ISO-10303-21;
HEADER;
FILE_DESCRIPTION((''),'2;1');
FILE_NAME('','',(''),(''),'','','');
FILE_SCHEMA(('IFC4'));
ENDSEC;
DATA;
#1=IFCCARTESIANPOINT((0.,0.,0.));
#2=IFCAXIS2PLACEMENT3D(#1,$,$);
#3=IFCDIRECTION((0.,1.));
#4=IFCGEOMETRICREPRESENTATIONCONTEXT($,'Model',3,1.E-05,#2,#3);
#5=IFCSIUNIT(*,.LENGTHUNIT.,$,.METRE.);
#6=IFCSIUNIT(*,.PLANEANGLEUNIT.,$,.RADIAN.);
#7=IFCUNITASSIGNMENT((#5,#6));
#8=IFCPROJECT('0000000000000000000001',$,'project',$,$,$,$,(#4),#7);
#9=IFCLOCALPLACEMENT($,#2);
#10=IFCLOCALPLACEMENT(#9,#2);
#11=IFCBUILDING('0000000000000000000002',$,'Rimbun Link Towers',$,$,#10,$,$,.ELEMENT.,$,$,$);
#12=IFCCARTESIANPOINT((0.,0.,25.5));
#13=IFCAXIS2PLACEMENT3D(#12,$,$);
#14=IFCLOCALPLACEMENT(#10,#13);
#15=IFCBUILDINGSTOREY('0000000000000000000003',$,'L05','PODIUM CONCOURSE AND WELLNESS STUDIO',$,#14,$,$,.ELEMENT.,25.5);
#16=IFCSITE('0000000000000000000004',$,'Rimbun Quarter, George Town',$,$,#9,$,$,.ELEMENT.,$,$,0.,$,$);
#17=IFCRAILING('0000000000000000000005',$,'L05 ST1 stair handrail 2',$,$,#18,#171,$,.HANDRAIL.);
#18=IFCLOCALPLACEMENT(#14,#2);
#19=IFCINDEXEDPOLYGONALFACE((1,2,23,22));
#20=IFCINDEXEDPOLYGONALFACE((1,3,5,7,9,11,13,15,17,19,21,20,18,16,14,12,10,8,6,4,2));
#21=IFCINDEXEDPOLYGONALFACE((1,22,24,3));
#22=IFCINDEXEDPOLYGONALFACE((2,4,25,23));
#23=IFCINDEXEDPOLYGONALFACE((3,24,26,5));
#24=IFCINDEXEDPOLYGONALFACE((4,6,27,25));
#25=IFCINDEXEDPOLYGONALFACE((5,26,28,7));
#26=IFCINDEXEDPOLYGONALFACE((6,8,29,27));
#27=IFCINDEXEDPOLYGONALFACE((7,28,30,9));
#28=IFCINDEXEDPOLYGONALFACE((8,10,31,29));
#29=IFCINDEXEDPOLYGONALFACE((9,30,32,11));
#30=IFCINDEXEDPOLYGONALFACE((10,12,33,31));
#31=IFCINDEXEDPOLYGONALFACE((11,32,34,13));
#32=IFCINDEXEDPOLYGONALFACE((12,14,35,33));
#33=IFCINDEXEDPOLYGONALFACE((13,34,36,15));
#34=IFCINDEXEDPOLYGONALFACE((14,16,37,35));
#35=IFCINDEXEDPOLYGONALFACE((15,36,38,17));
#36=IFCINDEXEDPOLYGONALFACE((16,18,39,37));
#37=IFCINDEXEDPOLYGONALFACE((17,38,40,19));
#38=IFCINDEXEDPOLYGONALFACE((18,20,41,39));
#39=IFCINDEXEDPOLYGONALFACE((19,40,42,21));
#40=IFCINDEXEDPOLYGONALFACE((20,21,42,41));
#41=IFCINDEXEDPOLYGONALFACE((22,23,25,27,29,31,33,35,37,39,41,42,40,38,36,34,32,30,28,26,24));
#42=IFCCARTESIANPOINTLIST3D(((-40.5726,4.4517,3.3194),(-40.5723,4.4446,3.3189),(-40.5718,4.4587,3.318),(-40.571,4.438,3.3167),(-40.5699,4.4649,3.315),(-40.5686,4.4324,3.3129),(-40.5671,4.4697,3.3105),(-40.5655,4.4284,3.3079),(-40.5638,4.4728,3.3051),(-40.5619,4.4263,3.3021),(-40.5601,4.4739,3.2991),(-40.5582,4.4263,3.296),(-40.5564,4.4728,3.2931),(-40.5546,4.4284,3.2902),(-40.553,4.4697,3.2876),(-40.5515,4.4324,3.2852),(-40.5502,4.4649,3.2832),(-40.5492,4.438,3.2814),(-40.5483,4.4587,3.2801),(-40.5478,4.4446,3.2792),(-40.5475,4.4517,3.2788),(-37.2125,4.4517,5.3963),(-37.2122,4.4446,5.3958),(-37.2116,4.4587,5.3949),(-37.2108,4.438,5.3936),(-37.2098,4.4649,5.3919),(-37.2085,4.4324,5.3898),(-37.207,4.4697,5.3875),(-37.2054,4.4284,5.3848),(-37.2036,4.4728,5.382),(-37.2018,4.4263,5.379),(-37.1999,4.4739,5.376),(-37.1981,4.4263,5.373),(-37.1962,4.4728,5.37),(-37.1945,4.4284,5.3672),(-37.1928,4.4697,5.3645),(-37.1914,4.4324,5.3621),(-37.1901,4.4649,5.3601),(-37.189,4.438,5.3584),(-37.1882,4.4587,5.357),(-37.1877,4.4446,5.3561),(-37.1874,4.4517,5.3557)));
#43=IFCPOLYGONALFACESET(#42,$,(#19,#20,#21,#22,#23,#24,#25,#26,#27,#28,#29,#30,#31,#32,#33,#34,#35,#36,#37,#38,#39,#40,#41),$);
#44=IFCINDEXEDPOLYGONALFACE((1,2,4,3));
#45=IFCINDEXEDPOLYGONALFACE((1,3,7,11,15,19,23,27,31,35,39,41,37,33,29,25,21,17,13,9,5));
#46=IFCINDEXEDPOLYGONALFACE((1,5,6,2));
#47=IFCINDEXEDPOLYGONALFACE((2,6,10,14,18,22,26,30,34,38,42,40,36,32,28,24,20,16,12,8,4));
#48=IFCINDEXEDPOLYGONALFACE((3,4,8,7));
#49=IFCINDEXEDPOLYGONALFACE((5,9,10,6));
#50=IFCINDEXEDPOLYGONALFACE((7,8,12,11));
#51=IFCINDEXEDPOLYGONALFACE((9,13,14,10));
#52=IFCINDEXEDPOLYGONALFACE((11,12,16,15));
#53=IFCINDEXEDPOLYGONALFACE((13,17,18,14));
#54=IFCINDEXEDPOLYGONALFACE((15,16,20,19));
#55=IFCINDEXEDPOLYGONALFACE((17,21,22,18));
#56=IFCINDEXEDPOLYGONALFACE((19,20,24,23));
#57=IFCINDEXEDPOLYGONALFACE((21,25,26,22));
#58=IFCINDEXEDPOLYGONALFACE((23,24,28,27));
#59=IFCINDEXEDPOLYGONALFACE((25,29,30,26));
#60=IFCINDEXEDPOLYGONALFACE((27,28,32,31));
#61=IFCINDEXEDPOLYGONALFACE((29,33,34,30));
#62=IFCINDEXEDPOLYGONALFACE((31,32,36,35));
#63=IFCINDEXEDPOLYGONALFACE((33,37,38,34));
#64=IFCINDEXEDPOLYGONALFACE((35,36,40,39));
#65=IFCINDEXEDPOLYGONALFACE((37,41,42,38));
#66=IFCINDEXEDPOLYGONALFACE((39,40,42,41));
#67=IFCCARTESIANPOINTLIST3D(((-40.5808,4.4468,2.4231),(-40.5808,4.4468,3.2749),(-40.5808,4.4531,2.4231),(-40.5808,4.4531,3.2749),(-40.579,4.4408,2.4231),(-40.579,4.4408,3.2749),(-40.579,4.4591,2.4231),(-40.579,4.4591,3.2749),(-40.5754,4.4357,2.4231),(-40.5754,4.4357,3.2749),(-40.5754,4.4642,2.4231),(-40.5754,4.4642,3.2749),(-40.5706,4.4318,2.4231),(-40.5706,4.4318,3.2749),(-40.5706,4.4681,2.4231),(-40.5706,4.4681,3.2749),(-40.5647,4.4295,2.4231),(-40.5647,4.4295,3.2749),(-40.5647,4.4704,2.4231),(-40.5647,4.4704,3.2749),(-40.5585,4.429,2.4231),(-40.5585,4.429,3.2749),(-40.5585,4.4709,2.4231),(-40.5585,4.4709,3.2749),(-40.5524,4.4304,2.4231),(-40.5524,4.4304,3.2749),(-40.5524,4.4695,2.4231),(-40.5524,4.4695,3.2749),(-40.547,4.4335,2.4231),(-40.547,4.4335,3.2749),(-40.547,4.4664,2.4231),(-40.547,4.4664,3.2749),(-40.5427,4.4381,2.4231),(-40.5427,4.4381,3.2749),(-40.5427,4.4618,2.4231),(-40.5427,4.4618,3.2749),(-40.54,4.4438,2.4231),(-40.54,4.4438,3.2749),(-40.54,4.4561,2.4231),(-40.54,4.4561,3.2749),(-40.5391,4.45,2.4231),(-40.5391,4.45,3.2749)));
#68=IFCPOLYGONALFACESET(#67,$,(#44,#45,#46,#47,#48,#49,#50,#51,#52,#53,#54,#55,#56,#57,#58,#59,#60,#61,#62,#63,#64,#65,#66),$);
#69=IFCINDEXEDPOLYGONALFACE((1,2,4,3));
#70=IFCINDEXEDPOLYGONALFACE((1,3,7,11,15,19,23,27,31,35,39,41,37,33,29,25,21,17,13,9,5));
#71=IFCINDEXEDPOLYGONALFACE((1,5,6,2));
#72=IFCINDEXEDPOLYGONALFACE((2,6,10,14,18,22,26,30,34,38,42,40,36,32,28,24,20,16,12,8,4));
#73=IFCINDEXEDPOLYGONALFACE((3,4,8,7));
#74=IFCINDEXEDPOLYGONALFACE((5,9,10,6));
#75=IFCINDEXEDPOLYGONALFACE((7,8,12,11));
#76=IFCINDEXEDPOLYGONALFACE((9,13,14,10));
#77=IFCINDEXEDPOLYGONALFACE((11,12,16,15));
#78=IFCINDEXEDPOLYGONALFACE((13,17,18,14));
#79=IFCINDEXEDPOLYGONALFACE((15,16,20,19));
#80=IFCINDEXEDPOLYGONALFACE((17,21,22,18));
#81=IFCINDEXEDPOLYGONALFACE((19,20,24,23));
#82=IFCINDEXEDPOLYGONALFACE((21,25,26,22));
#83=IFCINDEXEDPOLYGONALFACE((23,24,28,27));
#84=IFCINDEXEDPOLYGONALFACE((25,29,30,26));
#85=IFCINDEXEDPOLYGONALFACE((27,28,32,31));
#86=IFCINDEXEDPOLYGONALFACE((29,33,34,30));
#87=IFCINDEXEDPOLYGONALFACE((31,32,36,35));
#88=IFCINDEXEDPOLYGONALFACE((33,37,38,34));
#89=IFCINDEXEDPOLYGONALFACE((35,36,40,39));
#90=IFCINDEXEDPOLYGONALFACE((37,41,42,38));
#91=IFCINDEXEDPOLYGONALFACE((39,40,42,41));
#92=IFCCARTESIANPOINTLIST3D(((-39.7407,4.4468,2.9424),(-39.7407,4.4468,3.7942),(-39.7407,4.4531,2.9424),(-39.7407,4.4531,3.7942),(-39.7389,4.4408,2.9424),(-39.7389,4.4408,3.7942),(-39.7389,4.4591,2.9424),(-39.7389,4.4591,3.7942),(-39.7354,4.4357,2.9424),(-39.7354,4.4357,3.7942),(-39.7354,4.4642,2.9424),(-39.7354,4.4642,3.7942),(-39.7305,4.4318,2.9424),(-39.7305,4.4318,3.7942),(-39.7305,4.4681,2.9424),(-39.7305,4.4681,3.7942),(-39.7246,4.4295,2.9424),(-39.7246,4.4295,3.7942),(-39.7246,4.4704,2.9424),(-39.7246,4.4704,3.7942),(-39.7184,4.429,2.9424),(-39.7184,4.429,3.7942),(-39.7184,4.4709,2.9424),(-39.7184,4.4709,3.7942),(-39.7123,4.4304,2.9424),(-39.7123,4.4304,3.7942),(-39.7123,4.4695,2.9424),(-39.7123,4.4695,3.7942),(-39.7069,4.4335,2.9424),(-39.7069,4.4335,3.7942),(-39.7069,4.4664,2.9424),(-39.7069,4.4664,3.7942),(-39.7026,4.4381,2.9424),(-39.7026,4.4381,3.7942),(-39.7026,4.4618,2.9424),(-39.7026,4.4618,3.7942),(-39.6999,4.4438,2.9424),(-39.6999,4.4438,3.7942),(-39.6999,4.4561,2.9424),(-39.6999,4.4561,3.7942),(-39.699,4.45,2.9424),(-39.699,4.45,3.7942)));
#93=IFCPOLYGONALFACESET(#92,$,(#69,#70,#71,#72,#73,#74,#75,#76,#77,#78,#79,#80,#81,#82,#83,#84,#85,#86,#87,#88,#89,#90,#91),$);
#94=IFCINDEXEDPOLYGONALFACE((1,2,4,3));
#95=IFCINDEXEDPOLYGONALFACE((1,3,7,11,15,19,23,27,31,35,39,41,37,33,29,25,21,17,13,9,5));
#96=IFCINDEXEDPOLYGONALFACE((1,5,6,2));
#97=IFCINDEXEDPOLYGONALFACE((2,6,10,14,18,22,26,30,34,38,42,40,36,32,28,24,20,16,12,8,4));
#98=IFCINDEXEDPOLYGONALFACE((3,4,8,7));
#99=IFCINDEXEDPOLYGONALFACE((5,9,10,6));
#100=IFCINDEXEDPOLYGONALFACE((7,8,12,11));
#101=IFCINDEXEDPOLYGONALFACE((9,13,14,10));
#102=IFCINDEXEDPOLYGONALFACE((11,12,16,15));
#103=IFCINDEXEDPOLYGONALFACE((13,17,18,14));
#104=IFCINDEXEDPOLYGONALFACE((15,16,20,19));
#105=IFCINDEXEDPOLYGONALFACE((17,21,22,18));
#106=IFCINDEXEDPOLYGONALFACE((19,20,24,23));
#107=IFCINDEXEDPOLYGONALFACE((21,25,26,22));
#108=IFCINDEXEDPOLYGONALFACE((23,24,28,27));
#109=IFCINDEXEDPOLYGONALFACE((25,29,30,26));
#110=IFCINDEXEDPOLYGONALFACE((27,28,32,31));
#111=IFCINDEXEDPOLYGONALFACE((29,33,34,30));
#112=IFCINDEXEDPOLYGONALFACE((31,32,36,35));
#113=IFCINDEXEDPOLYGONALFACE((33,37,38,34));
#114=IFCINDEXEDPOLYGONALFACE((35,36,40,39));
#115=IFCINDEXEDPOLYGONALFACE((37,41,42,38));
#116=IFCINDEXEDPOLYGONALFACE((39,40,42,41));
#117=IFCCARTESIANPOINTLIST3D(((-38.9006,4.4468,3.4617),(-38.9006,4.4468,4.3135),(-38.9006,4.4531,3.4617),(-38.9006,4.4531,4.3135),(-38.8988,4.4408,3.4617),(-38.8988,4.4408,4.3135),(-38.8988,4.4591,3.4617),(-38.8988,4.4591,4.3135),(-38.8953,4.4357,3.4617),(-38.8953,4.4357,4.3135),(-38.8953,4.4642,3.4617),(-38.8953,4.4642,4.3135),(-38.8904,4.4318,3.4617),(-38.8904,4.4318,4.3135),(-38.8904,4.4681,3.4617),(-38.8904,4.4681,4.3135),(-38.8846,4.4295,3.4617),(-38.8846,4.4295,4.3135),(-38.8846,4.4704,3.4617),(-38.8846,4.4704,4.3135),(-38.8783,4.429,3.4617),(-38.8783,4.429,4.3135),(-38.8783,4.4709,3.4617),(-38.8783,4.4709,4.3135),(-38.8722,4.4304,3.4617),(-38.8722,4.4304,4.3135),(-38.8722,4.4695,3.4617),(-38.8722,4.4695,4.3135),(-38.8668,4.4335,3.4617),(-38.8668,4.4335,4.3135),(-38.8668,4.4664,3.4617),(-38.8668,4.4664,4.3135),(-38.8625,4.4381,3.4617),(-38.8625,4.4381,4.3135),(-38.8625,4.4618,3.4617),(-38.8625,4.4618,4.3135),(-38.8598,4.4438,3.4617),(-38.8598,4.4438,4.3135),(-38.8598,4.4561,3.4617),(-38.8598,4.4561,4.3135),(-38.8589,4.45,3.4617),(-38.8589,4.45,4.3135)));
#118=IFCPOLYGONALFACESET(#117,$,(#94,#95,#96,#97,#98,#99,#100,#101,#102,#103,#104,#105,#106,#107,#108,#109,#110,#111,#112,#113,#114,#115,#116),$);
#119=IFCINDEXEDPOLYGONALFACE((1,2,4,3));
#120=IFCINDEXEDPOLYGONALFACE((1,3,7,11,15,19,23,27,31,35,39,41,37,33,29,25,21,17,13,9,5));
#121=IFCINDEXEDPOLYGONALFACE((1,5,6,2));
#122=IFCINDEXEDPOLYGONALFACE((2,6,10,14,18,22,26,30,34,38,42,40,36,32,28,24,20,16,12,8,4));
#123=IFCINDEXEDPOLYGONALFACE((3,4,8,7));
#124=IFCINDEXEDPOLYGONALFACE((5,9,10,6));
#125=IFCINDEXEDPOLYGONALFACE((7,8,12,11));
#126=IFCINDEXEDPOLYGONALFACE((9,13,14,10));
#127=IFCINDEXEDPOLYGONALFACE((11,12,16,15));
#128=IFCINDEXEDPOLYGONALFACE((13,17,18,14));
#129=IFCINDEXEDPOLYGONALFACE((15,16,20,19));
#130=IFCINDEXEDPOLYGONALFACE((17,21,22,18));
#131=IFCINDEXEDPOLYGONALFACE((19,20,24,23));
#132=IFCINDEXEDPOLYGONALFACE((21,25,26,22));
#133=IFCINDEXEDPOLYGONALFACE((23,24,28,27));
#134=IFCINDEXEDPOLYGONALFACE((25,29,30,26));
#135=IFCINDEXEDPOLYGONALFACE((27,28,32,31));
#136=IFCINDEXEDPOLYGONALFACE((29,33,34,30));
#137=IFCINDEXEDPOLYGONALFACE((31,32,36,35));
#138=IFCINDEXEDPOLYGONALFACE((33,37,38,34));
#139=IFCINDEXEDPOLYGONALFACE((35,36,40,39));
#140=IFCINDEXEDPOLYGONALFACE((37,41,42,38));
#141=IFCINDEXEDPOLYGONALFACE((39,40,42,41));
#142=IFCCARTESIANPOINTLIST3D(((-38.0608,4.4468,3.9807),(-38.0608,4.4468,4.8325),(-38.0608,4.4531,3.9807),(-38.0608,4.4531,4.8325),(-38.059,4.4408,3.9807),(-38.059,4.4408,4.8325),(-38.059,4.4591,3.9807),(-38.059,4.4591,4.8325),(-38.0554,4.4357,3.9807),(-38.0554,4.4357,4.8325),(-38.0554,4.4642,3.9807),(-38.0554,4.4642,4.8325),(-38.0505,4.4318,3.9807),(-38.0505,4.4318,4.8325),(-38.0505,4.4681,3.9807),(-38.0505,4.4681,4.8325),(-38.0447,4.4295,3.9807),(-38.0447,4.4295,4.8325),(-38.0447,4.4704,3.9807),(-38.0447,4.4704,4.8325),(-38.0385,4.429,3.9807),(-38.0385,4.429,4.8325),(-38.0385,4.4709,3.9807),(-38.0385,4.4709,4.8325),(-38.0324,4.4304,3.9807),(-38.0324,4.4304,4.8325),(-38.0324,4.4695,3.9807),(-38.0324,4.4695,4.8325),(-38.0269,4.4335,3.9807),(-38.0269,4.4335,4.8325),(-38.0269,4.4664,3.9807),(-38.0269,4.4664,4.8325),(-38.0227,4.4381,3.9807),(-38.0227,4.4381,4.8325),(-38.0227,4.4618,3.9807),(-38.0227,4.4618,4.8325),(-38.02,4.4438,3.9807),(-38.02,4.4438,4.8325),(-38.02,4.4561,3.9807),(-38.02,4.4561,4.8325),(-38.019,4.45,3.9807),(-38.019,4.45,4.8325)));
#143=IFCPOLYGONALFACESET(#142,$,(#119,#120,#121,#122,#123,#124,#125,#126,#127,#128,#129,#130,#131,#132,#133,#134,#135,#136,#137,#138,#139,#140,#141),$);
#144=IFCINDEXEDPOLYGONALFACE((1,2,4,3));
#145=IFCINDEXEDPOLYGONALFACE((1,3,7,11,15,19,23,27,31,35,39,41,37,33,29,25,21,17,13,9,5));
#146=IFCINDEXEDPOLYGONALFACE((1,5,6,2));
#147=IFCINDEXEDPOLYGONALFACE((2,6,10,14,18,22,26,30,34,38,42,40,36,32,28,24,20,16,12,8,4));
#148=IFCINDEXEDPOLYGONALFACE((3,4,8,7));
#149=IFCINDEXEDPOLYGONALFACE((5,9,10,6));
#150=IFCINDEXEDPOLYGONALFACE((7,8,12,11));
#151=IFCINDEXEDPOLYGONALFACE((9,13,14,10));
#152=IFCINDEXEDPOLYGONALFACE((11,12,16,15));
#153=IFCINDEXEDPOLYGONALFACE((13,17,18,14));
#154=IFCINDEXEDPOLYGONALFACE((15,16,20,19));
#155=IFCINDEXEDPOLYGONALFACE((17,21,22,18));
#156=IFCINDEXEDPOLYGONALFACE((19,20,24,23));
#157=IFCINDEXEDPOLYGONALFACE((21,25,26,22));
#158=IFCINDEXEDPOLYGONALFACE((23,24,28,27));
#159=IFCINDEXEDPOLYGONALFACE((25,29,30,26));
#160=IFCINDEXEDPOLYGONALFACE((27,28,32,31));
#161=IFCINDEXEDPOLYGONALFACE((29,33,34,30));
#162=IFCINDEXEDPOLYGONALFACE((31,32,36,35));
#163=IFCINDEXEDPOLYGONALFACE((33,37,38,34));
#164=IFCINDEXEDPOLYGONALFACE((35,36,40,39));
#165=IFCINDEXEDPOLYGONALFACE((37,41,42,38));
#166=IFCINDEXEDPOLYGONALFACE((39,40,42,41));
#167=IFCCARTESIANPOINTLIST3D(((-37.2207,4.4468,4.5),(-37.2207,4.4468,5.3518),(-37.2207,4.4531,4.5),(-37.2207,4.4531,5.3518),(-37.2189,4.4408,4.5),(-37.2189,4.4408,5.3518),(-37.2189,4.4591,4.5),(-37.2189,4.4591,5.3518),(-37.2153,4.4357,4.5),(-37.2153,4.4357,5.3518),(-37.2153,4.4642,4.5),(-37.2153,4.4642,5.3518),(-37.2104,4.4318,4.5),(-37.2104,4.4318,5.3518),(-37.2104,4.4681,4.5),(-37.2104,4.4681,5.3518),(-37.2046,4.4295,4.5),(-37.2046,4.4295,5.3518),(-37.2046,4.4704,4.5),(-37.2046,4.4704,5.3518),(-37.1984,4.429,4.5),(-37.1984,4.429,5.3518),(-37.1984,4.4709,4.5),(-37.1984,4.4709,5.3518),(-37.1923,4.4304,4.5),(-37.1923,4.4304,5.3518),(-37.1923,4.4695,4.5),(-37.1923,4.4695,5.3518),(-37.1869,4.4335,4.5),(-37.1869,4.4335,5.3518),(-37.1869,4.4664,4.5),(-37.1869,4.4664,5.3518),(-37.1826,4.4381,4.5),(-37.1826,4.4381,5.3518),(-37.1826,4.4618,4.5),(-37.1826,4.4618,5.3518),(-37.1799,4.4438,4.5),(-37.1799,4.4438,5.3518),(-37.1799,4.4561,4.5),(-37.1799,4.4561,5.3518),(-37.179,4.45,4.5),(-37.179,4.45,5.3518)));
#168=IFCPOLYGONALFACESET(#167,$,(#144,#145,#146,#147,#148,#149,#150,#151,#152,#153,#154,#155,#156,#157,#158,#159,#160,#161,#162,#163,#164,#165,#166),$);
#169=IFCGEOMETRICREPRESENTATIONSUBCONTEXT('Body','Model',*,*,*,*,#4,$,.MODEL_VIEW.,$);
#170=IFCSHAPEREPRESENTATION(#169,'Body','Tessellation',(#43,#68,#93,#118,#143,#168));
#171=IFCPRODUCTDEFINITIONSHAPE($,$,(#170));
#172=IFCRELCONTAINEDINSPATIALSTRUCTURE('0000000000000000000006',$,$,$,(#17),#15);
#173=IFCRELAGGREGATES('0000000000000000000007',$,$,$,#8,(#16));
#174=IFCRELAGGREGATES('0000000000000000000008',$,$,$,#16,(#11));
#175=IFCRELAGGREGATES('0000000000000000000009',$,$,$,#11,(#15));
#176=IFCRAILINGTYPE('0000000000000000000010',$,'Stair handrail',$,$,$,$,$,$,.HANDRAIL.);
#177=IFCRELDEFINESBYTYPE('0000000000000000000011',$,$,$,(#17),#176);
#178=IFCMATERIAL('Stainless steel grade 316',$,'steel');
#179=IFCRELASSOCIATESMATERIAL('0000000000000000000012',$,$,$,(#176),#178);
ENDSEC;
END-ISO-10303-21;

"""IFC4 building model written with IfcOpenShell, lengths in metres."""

from ifc_helpers import new_model, si_unit, direction, frame, origin, origin_2d, place, context, subcontext, project, spatial, circle, extrude, material, type_object, element, save


model = new_model("IFC4")

# Units and contexts
model_context = context("Model", 3, precision=1e-05, world=origin(), true_north=direction((0.0, 1.0)))
body_context = subcontext(model_context, "Body", "Model", "MODEL_VIEW")
ifc_project = project(units=[si_unit("LENGTHUNIT", "METRE"), si_unit("PLANEANGLEUNIT", "RADIAN")], contexts=[model_context])

# Site, building, storey
site_placement = place(None, origin())
site = spatial("IfcSite", under=ifc_project, at=site_placement, Name="Rimbun Quarter, George Town", CompositionType="ELEMENT", RefElevation=0.0)
building_placement = place(site_placement, origin())
building = spatial("IfcBuilding", under=site, at=building_placement, Name="Rimbun Link Towers", CompositionType="ELEMENT")
storey_placement = place(building_placement, frame((0.0, 0.0, 25.5)))
storey = spatial("IfcBuildingStorey", under=building, at=storey_placement, Name="L05", Description="PODIUM CONCOURSE AND WELLNESS STUDIO", CompositionType="ELEMENT", Elevation=25.5)

# Railing
ifc_material_1 = material(Name="Stainless steel grade 316", Category="steel")
railing_type_1 = type_object("IfcRailingType", Name="Stair handrail", PredefinedType="HANDRAIL", material=ifc_material_1)
railing_1_placement = place(storey_placement, frame((-40.5601, 4.45, 2.4231)))
element("IfcRailing", 1, at=railing_1_placement, inside=storey, type_object=railing_type_1, Name="L05 ST1 stair handrail 2", PredefinedType="HANDRAIL", context=body_context, shape_type="SweptSolid", body=[
    extrude(circle(Radius=0.0239, at=origin_2d()), frame((0.0, 0.0, 0.876), z_axis=(0.850623, 0.0, 0.525776), x_axis=(0.0, 1.0, 0.0)), (0.0, 0.0, 1.0), 3.9502),
    extrude(circle(Radius=0.021, at=origin_2d()), origin(), (0.0, 0.0, 1.0), 0.8518),
    extrude(circle(Radius=0.021, at=origin_2d()), frame((0.8401, 0.0, 0.5193)), (0.0, 0.0, 1.0), 0.8518),
    extrude(circle(Radius=0.021, at=origin_2d()), frame((1.6802, 0.0, 1.0386)), (0.0, 0.0, 1.0), 0.8518),
    extrude(circle(Radius=0.021, at=origin_2d()), frame((2.52, 0.0, 1.5576)), (0.0, 0.0, 1.0), 0.8518),
    extrude(circle(Radius=0.021, at=origin_2d()), frame((3.3601, 0.0, 2.0769)), (0.0, 0.0, 1.0), 0.8518),
])

save(model, "model.ifc")
